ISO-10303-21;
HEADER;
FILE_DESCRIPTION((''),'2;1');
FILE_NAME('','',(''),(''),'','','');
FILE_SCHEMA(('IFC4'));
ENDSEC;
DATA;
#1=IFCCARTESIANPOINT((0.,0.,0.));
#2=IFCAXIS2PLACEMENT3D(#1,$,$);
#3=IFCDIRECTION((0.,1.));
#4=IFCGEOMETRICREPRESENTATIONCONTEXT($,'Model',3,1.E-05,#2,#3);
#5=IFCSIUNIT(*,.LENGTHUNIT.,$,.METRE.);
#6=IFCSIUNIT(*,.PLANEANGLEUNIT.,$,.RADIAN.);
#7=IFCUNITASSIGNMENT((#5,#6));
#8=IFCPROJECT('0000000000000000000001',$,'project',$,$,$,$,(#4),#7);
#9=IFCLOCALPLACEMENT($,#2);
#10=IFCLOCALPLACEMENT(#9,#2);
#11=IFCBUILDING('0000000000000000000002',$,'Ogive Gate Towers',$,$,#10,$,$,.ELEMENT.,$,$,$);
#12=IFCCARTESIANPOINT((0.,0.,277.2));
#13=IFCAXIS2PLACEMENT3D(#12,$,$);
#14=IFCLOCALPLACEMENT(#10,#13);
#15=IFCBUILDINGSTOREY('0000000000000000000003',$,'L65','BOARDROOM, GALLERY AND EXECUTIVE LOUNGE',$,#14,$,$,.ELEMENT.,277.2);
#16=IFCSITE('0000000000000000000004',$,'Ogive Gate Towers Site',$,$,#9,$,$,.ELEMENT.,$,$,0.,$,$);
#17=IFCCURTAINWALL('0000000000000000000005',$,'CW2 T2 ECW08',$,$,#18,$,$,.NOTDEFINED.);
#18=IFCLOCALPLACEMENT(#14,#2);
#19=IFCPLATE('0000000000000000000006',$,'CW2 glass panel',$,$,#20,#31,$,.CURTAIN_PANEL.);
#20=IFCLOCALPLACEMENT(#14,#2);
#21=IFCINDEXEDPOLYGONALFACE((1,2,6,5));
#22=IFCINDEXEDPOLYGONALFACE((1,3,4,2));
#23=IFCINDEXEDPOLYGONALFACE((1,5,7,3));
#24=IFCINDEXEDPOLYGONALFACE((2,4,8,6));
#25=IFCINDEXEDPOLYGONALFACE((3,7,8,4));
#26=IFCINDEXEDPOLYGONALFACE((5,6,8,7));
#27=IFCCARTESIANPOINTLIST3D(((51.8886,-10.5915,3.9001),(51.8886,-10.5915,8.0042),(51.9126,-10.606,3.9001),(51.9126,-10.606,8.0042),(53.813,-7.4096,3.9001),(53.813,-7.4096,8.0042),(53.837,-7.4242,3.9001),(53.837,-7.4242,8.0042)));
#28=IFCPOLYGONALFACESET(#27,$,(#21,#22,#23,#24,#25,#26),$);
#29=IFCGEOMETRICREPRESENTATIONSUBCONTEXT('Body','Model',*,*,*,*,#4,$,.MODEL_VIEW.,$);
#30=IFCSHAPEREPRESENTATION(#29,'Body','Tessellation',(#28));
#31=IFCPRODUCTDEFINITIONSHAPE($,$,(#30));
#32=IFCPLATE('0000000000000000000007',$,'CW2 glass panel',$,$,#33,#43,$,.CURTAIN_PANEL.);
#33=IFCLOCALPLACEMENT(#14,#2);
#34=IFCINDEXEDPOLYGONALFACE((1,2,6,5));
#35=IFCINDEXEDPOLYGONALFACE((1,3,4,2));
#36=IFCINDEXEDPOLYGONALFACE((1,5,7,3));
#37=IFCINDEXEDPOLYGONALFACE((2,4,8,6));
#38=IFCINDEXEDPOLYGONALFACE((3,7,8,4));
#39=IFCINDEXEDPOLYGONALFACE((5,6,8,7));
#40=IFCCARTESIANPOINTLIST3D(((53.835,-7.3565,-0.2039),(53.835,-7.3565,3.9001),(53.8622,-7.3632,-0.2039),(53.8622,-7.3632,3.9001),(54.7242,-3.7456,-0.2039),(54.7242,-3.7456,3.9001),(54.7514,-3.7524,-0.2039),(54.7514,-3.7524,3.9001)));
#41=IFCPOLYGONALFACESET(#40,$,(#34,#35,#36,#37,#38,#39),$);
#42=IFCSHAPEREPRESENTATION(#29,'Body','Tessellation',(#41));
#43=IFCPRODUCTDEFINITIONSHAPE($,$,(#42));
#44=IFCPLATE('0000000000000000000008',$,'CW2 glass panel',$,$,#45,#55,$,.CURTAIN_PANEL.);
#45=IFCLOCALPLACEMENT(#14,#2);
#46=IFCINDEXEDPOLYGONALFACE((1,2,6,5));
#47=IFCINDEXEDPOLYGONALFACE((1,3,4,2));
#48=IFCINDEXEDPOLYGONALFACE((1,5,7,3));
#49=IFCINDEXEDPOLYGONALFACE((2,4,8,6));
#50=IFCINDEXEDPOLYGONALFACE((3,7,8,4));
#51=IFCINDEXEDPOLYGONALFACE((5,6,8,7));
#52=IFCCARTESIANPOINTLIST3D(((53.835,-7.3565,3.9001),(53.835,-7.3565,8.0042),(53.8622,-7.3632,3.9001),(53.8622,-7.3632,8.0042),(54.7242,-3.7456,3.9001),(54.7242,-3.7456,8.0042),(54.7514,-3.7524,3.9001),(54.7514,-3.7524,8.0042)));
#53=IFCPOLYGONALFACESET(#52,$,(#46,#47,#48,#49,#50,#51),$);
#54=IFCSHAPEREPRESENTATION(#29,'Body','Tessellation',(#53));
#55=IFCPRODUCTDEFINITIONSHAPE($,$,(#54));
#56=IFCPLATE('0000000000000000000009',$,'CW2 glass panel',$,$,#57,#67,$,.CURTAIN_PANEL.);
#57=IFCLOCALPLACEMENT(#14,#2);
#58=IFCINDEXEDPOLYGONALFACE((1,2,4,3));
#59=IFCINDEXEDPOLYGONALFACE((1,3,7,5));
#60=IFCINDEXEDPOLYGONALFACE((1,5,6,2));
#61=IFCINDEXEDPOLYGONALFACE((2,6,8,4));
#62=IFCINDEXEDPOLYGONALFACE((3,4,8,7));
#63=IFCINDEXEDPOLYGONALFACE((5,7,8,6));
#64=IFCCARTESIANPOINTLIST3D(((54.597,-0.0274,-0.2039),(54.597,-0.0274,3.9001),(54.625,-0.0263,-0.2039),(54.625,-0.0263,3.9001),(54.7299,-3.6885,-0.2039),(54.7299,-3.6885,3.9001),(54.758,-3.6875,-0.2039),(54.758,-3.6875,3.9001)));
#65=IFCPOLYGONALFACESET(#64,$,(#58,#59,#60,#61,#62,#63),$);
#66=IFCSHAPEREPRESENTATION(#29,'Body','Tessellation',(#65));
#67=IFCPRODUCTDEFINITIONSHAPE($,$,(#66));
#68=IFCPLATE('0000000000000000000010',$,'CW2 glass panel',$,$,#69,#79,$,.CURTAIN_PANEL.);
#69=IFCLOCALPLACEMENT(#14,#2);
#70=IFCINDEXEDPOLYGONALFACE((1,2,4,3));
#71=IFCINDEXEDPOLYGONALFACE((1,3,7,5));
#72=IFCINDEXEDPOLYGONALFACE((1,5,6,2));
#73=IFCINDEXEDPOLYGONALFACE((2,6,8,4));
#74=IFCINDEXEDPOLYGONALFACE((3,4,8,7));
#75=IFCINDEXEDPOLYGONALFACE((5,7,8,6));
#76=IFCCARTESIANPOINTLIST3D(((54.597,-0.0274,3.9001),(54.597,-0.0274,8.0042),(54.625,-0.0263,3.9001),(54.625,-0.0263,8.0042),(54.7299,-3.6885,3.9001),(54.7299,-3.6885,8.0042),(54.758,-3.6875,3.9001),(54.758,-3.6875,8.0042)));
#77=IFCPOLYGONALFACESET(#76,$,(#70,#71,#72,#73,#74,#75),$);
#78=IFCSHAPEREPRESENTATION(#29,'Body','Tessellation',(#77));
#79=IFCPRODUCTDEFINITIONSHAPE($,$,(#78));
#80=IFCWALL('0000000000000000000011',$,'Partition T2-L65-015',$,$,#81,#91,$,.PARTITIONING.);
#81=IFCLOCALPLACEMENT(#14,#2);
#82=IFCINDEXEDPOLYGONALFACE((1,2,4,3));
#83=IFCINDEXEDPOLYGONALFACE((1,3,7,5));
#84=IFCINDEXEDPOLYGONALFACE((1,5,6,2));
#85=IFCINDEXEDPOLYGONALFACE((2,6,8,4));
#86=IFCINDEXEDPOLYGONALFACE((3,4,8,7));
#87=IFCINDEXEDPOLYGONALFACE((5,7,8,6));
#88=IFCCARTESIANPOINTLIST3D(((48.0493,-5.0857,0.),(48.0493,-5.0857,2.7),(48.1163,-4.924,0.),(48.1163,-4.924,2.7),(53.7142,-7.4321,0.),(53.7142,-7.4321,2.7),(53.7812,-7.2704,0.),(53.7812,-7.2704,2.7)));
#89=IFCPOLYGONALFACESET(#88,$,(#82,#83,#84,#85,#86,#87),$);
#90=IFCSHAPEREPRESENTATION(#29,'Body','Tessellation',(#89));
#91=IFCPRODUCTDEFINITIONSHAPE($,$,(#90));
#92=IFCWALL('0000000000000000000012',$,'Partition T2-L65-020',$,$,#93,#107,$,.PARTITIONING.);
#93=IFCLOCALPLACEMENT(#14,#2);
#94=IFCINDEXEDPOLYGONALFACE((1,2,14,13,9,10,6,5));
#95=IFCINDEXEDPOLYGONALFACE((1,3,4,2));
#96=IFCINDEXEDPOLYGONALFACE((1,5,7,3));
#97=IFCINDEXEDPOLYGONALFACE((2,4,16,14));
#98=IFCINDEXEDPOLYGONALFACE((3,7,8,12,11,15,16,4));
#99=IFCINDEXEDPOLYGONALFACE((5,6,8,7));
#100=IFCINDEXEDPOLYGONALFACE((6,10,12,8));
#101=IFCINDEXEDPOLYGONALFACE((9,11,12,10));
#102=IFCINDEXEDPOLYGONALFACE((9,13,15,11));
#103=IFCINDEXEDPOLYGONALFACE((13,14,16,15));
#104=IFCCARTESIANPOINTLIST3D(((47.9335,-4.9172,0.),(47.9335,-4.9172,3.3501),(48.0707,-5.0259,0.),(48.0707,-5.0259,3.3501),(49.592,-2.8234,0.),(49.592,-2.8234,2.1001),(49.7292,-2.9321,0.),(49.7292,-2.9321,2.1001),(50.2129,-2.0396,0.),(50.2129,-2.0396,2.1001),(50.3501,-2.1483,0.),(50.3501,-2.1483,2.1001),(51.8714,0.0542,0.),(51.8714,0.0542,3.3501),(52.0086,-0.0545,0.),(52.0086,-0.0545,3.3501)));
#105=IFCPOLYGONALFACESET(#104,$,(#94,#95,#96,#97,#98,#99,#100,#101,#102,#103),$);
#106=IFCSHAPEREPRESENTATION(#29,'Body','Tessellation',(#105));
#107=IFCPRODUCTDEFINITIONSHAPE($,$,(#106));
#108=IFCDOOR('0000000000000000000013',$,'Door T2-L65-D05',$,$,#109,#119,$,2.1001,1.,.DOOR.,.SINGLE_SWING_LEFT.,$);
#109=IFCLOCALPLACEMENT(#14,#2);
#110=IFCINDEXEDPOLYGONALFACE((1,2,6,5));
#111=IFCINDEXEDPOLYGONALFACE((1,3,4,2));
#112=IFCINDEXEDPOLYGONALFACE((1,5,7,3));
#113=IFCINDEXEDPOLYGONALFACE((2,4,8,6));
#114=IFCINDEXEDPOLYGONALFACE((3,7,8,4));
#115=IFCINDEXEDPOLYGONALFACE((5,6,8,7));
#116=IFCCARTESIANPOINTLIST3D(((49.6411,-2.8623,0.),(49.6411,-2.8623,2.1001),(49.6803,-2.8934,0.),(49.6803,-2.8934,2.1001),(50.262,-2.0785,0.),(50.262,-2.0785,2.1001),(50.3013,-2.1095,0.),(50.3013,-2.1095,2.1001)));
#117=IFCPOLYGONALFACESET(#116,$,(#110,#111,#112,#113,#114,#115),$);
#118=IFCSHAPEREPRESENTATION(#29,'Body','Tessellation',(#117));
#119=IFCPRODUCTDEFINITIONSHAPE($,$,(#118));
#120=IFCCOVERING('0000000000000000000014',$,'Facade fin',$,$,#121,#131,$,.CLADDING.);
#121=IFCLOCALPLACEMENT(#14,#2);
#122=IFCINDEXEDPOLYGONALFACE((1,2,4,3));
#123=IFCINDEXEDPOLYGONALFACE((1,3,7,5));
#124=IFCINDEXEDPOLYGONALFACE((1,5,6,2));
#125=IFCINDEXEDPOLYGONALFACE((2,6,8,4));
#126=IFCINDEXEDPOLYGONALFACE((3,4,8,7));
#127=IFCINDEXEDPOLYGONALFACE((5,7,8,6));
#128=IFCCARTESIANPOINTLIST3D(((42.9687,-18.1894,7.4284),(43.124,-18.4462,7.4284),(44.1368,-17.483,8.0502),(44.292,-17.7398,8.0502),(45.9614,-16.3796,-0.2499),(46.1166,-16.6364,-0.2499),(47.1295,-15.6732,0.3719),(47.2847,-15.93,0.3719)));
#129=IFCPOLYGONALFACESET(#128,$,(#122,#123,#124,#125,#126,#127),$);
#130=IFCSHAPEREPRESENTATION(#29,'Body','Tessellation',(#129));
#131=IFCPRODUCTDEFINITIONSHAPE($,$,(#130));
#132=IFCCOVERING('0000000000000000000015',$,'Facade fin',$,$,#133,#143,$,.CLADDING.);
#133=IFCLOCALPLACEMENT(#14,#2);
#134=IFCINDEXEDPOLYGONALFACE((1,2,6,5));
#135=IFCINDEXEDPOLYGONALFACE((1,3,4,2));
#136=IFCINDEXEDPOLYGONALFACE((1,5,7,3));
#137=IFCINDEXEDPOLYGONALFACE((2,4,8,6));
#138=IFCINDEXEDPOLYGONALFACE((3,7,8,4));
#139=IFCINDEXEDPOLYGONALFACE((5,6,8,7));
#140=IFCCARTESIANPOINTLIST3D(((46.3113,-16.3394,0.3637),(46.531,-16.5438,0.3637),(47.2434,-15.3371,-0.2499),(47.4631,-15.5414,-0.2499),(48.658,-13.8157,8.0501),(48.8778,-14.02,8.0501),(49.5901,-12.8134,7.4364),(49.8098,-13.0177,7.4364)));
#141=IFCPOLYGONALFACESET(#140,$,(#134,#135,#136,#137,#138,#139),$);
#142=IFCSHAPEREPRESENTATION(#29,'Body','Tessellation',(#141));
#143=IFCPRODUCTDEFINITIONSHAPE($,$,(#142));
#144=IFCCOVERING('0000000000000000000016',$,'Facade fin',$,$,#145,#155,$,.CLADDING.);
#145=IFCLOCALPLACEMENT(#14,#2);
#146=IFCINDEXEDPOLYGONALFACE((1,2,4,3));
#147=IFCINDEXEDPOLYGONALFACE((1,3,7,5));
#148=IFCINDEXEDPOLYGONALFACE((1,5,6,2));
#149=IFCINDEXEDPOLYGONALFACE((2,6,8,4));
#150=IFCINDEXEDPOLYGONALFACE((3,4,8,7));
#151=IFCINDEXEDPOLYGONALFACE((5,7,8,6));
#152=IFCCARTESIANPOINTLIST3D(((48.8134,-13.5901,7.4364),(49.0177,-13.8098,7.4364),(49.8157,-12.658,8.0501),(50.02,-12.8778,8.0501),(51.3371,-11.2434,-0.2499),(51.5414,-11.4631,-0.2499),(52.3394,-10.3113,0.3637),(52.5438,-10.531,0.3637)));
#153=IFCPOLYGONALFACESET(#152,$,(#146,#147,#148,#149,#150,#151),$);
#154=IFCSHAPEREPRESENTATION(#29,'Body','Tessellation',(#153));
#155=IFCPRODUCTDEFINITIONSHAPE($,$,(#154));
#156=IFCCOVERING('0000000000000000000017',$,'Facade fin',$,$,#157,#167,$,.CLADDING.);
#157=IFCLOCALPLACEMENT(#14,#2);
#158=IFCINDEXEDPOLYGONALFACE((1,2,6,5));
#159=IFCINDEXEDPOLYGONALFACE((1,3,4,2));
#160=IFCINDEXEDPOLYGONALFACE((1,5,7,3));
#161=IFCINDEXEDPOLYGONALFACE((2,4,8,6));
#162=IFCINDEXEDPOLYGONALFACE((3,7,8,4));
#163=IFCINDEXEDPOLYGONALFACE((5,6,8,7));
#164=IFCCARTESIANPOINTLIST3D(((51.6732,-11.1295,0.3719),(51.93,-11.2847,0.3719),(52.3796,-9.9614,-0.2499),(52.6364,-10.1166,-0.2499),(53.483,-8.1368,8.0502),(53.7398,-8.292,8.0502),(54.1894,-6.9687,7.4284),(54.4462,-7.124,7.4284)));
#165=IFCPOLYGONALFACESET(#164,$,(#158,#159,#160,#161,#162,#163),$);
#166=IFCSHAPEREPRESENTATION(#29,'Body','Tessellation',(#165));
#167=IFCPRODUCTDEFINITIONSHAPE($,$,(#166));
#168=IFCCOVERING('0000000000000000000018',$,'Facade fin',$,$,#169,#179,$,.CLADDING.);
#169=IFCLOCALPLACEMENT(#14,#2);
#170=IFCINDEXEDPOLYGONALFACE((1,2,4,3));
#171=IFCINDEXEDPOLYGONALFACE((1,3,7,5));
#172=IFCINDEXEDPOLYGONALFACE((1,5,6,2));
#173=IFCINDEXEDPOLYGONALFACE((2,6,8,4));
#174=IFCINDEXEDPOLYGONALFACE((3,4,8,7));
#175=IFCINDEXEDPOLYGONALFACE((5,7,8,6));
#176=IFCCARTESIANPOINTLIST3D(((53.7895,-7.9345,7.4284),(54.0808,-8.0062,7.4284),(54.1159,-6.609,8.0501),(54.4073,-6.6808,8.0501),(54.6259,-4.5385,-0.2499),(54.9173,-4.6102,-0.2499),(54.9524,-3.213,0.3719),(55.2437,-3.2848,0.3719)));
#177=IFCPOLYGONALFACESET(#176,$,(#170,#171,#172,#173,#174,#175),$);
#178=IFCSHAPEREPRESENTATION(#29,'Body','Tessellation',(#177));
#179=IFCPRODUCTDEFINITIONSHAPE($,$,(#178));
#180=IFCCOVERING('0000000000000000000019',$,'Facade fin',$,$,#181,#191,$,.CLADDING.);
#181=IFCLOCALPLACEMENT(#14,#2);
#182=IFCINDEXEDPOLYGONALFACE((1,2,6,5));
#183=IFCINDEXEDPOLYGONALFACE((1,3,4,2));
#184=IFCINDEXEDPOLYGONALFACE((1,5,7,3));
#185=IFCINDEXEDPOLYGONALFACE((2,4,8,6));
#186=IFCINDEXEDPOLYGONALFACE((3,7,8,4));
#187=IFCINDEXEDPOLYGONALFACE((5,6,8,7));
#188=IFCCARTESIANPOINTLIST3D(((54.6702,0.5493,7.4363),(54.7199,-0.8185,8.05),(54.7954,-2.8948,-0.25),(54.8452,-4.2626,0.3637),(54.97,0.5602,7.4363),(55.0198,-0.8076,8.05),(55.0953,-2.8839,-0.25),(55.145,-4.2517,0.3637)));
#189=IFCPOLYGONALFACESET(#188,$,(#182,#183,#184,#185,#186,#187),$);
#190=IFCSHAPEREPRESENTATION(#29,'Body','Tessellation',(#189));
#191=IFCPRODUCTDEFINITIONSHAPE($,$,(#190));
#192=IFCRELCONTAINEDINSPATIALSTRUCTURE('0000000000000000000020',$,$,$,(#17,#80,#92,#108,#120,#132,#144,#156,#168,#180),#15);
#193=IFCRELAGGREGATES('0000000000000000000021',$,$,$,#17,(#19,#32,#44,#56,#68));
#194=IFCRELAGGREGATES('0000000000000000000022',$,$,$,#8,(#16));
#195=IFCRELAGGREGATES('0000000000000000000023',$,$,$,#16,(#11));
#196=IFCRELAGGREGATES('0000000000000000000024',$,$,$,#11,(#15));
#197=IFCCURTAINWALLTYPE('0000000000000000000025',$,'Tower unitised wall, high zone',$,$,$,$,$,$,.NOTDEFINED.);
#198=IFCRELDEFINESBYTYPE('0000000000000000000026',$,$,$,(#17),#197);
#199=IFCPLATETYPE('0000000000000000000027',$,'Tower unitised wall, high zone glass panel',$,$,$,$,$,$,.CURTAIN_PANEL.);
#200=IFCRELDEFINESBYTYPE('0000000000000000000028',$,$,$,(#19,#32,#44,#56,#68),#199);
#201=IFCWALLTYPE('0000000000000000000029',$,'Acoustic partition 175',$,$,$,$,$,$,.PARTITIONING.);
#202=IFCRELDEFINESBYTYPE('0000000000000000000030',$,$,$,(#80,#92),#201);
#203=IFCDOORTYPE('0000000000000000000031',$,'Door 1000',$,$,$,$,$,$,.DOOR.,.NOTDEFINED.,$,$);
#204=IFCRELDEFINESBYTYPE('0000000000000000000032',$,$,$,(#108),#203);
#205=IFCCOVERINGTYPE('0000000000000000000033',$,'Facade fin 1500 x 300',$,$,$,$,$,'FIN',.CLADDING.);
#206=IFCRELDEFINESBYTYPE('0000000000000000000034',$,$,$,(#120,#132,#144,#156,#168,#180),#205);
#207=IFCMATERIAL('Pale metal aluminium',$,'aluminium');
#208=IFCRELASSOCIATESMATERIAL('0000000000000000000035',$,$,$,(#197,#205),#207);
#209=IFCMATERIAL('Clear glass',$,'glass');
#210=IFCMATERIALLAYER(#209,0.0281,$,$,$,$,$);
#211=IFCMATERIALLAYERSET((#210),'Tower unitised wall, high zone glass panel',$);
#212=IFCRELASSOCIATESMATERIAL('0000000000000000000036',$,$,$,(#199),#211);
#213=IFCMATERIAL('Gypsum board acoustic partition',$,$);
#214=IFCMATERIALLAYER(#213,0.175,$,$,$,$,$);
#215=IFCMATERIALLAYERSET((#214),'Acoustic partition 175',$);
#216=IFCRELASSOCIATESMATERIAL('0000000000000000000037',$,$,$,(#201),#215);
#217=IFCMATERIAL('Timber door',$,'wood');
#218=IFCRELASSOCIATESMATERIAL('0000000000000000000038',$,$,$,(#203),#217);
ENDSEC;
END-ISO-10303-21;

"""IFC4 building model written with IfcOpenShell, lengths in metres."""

from ifc_helpers import new_model, si_unit, direction, frame, frame_2d, origin, origin_2d, place, context, subcontext, project, spatial, rectangle, extrude, material, layer, layer_set, material_profile, profile_set, type_object, element, fill, aggregate, save


model = new_model("IFC4")

# Units and contexts
model_context = context("Model", 3, precision=1e-05, world=origin(), true_north=direction((0.0, 1.0)))
body_context = subcontext(model_context, "Body", "Model", "MODEL_VIEW")
ifc_project = project(units=[si_unit("LENGTHUNIT", "METRE"), si_unit("PLANEANGLEUNIT", "RADIAN")], contexts=[model_context])

# Site, building, storey
site_placement = place(None, origin())
site = spatial("IfcSite", under=ifc_project, at=site_placement, Name="Ogive Gate Towers Site", CompositionType="ELEMENT", RefElevation=0.0)
building_placement = place(site_placement, origin())
building = spatial("IfcBuilding", under=site, at=building_placement, Name="Ogive Gate Towers", CompositionType="ELEMENT")
storey_placement = place(building_placement, frame((0.0, 0.0, 277.2)))
storey = spatial("IfcBuildingStorey", under=building, at=storey_placement, Name="L65", Description="BOARDROOM, GALLERY AND EXECUTIVE LOUNGE", CompositionType="ELEMENT", Elevation=277.2)

# Curtain wall
ifc_material_1 = material(Name="Pale metal aluminium", Category="aluminium")
curtain_wall_type = type_object("IfcCurtainWallType", Name="Tower unitised wall, high zone", PredefinedType="NOTDEFINED", material=ifc_material_1)
curtain_wall_1_placement = place(storey_placement, origin())
curtain_wall_1 = element("IfcCurtainWall", 1, at=curtain_wall_1_placement, inside=storey, type_object=curtain_wall_type, Name="CW2 T2 ECW08", PredefinedType="NOTDEFINED")

# Plates
ifc_material_2 = material(Name="Clear glass", Category="glass")
ifc_layer_1 = layer(ifc_material_2, 0.0281)
ifc_layer_set_1 = layer_set([ifc_layer_1], Name="Tower unitised wall, high zone glass panel")
plate_type = type_object("IfcPlateType", Name="Tower unitised wall, high zone glass panel", PredefinedType="CURTAIN_PANEL", material=ifc_layer_set_1)
plate_1_placement = place(storey_placement, frame((52.8628, -9.0078, 3.9001), z_axis=(0.0, 0.0, 1.0), x_axis=(0.517519, 0.855672, 0.0)))
plate_1 = element("IfcPlate", 2, at=plate_1_placement, type_object=plate_type, Name="CW2 glass panel", PredefinedType="CURTAIN_PANEL", context=body_context, shape_type="SweptSolid", body=[
    extrude(rectangle(XDim=3.7185, YDim=0.0281, at=origin_2d()), origin(), (0.0, 0.0, 1.0), 4.104),
])
plate_2_placement = place(storey_placement, frame((54.2932, -5.5544, -0.2039), z_axis=(0.0, 0.0, 1.0), x_axis=(0.23911, 0.970993, 0.0)))
plate_2 = element("IfcPlate", 3, at=plate_2_placement, type_object=plate_type, Name="CW2 glass panel", PredefinedType="CURTAIN_PANEL", context=body_context, shape_type="SweptSolid", body=[
    extrude(rectangle(XDim=3.7188, YDim=0.0281, at=origin_2d()), origin(), (0.0, 0.0, 1.0), 4.104),
])
plate_3_placement = place(storey_placement, frame((54.2932, -5.5544, 3.9001), z_axis=(0.0, 0.0, 1.0), x_axis=(0.23911, 0.970993, 0.0)))
plate_3 = element("IfcPlate", 4, at=plate_3_placement, type_object=plate_type, Name="CW2 glass panel", PredefinedType="CURTAIN_PANEL", context=body_context, shape_type="SweptSolid", body=[
    extrude(rectangle(XDim=3.7188, YDim=0.0281, at=origin_2d()), origin(), (0.0, 0.0, 1.0), 4.104),
])
plate_4_placement = place(storey_placement, frame((54.6775, -1.8574, -0.2039), z_axis=(0.0, 0.0, 1.0), x_axis=(-0.036295, 0.999341, 0.0)))
plate_4 = element("IfcPlate", 5, at=plate_4_placement, type_object=plate_type, Name="CW2 glass panel", PredefinedType="CURTAIN_PANEL", context=body_context, shape_type="SweptSolid", body=[
    extrude(rectangle(XDim=3.6636, YDim=0.0281, at=origin_2d()), origin(), (0.0, 0.0, 1.0), 4.104),
])
plate_5_placement = place(storey_placement, frame((54.6775, -1.8574, 3.9001), z_axis=(0.0, 0.0, 1.0), x_axis=(-0.036295, 0.999341, 0.0)))
plate_5 = element("IfcPlate", 6, at=plate_5_placement, type_object=plate_type, Name="CW2 glass panel", PredefinedType="CURTAIN_PANEL", context=body_context, shape_type="SweptSolid", body=[
    extrude(rectangle(XDim=3.6636, YDim=0.0281, at=origin_2d()), origin(), (0.0, 0.0, 1.0), 4.104),
])
aggregate(curtain_wall_1, [plate_1, plate_2, plate_3, plate_4, plate_5])

# Wall
ifc_material_3 = material(Name="Gypsum board acoustic partition")
ifc_layer_2 = layer(ifc_material_3, 0.175)
ifc_layer_set_2 = layer_set([ifc_layer_2], Name="Acoustic partition 175")
wall_type = type_object("IfcWallType", Name="Acoustic partition 175", PredefinedType="PARTITIONING", material=ifc_layer_set_2)
wall_1_placement = place(storey_placement, frame((53.7478, -7.3513, 0.0), z_axis=(0.0, 0.0, 1.0), x_axis=(-0.923879, 0.382684, 0.0)))
element("IfcWall", 7, at=wall_1_placement, inside=storey, type_object=wall_type, Name="Partition T2-L65-015", PredefinedType="PARTITIONING", context=body_context, shape_type="SweptSolid", body=[
    extrude(rectangle(XDim=6.1316, YDim=0.175, at=frame_2d((3.0659, 0.0))), origin(), (0.0, 0.0, 1.0), 2.7),
])

# Wall, opening, door
wall_2_placement = place(storey_placement, frame((48.0022, -4.9714, 0.0), z_axis=(0.0, 0.0, 1.0), x_axis=(0.620923, 0.783872, 0.0)))
wall_2 = element("IfcWall", 8, at=wall_2_placement, inside=storey, type_object=wall_type, Name="Partition T2-L65-020", PredefinedType="PARTITIONING", context=body_context, shape_type="SweptSolid", body=[
    extrude(rectangle(XDim=6.342, YDim=0.175, at=frame_2d((3.1709, 0.0))), origin(), (0.0, 0.0, 1.0), 3.3501),
])
opening_placement = place(wall_2_placement, frame((2.6709, 0.0, 0.0)))
opening = element("IfcOpeningElement", 9, at=opening_placement, cuts=wall_2, PredefinedType="OPENING", context=body_context, shape_type="SweptSolid", body=[
    extrude(rectangle(XDim=1.0, YDim=2.1001, at=frame_2d((0.5, 1.05))), frame((0.0, 0.0977, 0.0), z_axis=(0.0, -1.0, 0.0), x_axis=(1.0, 0.0, 0.0)), (0.0, 0.0, 1.0), 0.1951),
])
ifc_material_4 = material(Name="Timber door", Category="wood")
door_type = type_object("IfcDoorType", Name="Door 1000", OperationType="NOTDEFINED", PredefinedType="DOOR", material=ifc_material_4)
door_placement = place(opening_placement, origin())
door = element("IfcDoor", 10, at=door_placement, inside=storey, type_object=door_type, Name="Door T2-L65-D05", OperationType="SINGLE_SWING_LEFT", OverallHeight=2.1001, OverallWidth=1.0, PredefinedType="DOOR", context=body_context, shape_type="SweptSolid", body=[
    extrude(rectangle(XDim=1.0, YDim=2.1001, at=frame_2d((0.5, 1.05))), frame((0.0, 0.0249, 0.0), z_axis=(0.0, -1.0, 0.0), x_axis=(1.0, 0.0, 0.0)), (0.0, 0.0, 1.0), 0.05),
])
fill(opening, door)

# Coverings
ifc_material_profile_1 = material_profile(ifc_material_1, rectangle(XDim=0.3, YDim=1.5, at=origin_2d()), Name="1500 x 300 pale metal aluminium")
ifc_profile_set_1 = profile_set([ifc_material_profile_1], Name="Pale metal aluminium")
covering_type = type_object("IfcCoveringType", Name="Facade fin 1500 x 300", ElementType="FIN", PredefinedType="CLADDING", material=ifc_profile_set_1)
covering_1_placement = place(storey_placement, frame((46.623, -16.1548, 0.061), z_axis=(-0.354699, -0.214504, 0.910042), x_axis=(0.51748, -0.855695, 0.0)))
element("IfcCovering", 11, at=covering_1_placement, inside=storey, type_object=covering_type, Name="Facade fin", PredefinedType="CLADDING", context=body_context, shape_type="SweptSolid", body=[
    extrude(rectangle(XDim=0.3, YDim=1.5, at=origin_2d()), origin(), (0.0, 0.0, 1.0), 8.4373),
])
for number, where, z_axis, x_axis, name in (
    (12, (46.8872, -15.9404, 0.0569), (0.278588, 0.299601, 0.912484), (-0.732321, 0.680959, 0.0), "Facade fin"),
    (13, (51.9404, -10.8872, 0.0569), (-0.299601, -0.278588, 0.912484), (0.680959, -0.732321, 0.0), "Facade fin"),
):
    element("IfcCovering", number, at=place(storey_placement, frame(where, z_axis=z_axis, x_axis=x_axis)), inside=storey, type_object=covering_type, Name=name, PredefinedType="CLADDING", context=body_context, shape_type="SweptSolid", body=[
        extrude(rectangle(XDim=0.3, YDim=1.5, at=origin_2d()), origin(), (0.0, 0.0, 1.0), 8.4236),
    ])
for number, where, z_axis, x_axis, name in (
    (14, (52.1548, -10.623, 0.061), (0.214504, 0.354699, 0.910042), (-0.855695, 0.51748, 0.0), "Facade fin"),
    (15, (54.9348, -3.9116, 0.061), (-0.099135, -0.402499, 0.910037), (0.970982, -0.239151, 0.0), "Facade fin"),
):
    element("IfcCovering", number, at=place(storey_placement, frame(where, z_axis=z_axis, x_axis=x_axis)), inside=storey, type_object=covering_type, Name=name, PredefinedType="CLADDING", context=body_context, shape_type="SweptSolid", body=[
        extrude(rectangle(XDim=0.3, YDim=1.5, at=origin_2d()), origin(), (0.0, 0.0, 1.0), 8.4373),
    ])
covering_2_placement = place(storey_placement, frame((54.9702, -3.5732, 0.0569), z_axis=(-0.014868, 0.408864, 0.912474), x_axis=(-0.999339, -0.036341, 0.0)))
element("IfcCovering", 16, at=covering_2_placement, inside=storey, type_object=covering_type, Name="Facade fin", PredefinedType="CLADDING", context=body_context, shape_type="SweptSolid", body=[
    extrude(rectangle(XDim=0.3, YDim=1.5, at=origin_2d()), origin(), (0.0, 0.0, 1.0), 8.4236),
])

save(model, "model.ifc")
